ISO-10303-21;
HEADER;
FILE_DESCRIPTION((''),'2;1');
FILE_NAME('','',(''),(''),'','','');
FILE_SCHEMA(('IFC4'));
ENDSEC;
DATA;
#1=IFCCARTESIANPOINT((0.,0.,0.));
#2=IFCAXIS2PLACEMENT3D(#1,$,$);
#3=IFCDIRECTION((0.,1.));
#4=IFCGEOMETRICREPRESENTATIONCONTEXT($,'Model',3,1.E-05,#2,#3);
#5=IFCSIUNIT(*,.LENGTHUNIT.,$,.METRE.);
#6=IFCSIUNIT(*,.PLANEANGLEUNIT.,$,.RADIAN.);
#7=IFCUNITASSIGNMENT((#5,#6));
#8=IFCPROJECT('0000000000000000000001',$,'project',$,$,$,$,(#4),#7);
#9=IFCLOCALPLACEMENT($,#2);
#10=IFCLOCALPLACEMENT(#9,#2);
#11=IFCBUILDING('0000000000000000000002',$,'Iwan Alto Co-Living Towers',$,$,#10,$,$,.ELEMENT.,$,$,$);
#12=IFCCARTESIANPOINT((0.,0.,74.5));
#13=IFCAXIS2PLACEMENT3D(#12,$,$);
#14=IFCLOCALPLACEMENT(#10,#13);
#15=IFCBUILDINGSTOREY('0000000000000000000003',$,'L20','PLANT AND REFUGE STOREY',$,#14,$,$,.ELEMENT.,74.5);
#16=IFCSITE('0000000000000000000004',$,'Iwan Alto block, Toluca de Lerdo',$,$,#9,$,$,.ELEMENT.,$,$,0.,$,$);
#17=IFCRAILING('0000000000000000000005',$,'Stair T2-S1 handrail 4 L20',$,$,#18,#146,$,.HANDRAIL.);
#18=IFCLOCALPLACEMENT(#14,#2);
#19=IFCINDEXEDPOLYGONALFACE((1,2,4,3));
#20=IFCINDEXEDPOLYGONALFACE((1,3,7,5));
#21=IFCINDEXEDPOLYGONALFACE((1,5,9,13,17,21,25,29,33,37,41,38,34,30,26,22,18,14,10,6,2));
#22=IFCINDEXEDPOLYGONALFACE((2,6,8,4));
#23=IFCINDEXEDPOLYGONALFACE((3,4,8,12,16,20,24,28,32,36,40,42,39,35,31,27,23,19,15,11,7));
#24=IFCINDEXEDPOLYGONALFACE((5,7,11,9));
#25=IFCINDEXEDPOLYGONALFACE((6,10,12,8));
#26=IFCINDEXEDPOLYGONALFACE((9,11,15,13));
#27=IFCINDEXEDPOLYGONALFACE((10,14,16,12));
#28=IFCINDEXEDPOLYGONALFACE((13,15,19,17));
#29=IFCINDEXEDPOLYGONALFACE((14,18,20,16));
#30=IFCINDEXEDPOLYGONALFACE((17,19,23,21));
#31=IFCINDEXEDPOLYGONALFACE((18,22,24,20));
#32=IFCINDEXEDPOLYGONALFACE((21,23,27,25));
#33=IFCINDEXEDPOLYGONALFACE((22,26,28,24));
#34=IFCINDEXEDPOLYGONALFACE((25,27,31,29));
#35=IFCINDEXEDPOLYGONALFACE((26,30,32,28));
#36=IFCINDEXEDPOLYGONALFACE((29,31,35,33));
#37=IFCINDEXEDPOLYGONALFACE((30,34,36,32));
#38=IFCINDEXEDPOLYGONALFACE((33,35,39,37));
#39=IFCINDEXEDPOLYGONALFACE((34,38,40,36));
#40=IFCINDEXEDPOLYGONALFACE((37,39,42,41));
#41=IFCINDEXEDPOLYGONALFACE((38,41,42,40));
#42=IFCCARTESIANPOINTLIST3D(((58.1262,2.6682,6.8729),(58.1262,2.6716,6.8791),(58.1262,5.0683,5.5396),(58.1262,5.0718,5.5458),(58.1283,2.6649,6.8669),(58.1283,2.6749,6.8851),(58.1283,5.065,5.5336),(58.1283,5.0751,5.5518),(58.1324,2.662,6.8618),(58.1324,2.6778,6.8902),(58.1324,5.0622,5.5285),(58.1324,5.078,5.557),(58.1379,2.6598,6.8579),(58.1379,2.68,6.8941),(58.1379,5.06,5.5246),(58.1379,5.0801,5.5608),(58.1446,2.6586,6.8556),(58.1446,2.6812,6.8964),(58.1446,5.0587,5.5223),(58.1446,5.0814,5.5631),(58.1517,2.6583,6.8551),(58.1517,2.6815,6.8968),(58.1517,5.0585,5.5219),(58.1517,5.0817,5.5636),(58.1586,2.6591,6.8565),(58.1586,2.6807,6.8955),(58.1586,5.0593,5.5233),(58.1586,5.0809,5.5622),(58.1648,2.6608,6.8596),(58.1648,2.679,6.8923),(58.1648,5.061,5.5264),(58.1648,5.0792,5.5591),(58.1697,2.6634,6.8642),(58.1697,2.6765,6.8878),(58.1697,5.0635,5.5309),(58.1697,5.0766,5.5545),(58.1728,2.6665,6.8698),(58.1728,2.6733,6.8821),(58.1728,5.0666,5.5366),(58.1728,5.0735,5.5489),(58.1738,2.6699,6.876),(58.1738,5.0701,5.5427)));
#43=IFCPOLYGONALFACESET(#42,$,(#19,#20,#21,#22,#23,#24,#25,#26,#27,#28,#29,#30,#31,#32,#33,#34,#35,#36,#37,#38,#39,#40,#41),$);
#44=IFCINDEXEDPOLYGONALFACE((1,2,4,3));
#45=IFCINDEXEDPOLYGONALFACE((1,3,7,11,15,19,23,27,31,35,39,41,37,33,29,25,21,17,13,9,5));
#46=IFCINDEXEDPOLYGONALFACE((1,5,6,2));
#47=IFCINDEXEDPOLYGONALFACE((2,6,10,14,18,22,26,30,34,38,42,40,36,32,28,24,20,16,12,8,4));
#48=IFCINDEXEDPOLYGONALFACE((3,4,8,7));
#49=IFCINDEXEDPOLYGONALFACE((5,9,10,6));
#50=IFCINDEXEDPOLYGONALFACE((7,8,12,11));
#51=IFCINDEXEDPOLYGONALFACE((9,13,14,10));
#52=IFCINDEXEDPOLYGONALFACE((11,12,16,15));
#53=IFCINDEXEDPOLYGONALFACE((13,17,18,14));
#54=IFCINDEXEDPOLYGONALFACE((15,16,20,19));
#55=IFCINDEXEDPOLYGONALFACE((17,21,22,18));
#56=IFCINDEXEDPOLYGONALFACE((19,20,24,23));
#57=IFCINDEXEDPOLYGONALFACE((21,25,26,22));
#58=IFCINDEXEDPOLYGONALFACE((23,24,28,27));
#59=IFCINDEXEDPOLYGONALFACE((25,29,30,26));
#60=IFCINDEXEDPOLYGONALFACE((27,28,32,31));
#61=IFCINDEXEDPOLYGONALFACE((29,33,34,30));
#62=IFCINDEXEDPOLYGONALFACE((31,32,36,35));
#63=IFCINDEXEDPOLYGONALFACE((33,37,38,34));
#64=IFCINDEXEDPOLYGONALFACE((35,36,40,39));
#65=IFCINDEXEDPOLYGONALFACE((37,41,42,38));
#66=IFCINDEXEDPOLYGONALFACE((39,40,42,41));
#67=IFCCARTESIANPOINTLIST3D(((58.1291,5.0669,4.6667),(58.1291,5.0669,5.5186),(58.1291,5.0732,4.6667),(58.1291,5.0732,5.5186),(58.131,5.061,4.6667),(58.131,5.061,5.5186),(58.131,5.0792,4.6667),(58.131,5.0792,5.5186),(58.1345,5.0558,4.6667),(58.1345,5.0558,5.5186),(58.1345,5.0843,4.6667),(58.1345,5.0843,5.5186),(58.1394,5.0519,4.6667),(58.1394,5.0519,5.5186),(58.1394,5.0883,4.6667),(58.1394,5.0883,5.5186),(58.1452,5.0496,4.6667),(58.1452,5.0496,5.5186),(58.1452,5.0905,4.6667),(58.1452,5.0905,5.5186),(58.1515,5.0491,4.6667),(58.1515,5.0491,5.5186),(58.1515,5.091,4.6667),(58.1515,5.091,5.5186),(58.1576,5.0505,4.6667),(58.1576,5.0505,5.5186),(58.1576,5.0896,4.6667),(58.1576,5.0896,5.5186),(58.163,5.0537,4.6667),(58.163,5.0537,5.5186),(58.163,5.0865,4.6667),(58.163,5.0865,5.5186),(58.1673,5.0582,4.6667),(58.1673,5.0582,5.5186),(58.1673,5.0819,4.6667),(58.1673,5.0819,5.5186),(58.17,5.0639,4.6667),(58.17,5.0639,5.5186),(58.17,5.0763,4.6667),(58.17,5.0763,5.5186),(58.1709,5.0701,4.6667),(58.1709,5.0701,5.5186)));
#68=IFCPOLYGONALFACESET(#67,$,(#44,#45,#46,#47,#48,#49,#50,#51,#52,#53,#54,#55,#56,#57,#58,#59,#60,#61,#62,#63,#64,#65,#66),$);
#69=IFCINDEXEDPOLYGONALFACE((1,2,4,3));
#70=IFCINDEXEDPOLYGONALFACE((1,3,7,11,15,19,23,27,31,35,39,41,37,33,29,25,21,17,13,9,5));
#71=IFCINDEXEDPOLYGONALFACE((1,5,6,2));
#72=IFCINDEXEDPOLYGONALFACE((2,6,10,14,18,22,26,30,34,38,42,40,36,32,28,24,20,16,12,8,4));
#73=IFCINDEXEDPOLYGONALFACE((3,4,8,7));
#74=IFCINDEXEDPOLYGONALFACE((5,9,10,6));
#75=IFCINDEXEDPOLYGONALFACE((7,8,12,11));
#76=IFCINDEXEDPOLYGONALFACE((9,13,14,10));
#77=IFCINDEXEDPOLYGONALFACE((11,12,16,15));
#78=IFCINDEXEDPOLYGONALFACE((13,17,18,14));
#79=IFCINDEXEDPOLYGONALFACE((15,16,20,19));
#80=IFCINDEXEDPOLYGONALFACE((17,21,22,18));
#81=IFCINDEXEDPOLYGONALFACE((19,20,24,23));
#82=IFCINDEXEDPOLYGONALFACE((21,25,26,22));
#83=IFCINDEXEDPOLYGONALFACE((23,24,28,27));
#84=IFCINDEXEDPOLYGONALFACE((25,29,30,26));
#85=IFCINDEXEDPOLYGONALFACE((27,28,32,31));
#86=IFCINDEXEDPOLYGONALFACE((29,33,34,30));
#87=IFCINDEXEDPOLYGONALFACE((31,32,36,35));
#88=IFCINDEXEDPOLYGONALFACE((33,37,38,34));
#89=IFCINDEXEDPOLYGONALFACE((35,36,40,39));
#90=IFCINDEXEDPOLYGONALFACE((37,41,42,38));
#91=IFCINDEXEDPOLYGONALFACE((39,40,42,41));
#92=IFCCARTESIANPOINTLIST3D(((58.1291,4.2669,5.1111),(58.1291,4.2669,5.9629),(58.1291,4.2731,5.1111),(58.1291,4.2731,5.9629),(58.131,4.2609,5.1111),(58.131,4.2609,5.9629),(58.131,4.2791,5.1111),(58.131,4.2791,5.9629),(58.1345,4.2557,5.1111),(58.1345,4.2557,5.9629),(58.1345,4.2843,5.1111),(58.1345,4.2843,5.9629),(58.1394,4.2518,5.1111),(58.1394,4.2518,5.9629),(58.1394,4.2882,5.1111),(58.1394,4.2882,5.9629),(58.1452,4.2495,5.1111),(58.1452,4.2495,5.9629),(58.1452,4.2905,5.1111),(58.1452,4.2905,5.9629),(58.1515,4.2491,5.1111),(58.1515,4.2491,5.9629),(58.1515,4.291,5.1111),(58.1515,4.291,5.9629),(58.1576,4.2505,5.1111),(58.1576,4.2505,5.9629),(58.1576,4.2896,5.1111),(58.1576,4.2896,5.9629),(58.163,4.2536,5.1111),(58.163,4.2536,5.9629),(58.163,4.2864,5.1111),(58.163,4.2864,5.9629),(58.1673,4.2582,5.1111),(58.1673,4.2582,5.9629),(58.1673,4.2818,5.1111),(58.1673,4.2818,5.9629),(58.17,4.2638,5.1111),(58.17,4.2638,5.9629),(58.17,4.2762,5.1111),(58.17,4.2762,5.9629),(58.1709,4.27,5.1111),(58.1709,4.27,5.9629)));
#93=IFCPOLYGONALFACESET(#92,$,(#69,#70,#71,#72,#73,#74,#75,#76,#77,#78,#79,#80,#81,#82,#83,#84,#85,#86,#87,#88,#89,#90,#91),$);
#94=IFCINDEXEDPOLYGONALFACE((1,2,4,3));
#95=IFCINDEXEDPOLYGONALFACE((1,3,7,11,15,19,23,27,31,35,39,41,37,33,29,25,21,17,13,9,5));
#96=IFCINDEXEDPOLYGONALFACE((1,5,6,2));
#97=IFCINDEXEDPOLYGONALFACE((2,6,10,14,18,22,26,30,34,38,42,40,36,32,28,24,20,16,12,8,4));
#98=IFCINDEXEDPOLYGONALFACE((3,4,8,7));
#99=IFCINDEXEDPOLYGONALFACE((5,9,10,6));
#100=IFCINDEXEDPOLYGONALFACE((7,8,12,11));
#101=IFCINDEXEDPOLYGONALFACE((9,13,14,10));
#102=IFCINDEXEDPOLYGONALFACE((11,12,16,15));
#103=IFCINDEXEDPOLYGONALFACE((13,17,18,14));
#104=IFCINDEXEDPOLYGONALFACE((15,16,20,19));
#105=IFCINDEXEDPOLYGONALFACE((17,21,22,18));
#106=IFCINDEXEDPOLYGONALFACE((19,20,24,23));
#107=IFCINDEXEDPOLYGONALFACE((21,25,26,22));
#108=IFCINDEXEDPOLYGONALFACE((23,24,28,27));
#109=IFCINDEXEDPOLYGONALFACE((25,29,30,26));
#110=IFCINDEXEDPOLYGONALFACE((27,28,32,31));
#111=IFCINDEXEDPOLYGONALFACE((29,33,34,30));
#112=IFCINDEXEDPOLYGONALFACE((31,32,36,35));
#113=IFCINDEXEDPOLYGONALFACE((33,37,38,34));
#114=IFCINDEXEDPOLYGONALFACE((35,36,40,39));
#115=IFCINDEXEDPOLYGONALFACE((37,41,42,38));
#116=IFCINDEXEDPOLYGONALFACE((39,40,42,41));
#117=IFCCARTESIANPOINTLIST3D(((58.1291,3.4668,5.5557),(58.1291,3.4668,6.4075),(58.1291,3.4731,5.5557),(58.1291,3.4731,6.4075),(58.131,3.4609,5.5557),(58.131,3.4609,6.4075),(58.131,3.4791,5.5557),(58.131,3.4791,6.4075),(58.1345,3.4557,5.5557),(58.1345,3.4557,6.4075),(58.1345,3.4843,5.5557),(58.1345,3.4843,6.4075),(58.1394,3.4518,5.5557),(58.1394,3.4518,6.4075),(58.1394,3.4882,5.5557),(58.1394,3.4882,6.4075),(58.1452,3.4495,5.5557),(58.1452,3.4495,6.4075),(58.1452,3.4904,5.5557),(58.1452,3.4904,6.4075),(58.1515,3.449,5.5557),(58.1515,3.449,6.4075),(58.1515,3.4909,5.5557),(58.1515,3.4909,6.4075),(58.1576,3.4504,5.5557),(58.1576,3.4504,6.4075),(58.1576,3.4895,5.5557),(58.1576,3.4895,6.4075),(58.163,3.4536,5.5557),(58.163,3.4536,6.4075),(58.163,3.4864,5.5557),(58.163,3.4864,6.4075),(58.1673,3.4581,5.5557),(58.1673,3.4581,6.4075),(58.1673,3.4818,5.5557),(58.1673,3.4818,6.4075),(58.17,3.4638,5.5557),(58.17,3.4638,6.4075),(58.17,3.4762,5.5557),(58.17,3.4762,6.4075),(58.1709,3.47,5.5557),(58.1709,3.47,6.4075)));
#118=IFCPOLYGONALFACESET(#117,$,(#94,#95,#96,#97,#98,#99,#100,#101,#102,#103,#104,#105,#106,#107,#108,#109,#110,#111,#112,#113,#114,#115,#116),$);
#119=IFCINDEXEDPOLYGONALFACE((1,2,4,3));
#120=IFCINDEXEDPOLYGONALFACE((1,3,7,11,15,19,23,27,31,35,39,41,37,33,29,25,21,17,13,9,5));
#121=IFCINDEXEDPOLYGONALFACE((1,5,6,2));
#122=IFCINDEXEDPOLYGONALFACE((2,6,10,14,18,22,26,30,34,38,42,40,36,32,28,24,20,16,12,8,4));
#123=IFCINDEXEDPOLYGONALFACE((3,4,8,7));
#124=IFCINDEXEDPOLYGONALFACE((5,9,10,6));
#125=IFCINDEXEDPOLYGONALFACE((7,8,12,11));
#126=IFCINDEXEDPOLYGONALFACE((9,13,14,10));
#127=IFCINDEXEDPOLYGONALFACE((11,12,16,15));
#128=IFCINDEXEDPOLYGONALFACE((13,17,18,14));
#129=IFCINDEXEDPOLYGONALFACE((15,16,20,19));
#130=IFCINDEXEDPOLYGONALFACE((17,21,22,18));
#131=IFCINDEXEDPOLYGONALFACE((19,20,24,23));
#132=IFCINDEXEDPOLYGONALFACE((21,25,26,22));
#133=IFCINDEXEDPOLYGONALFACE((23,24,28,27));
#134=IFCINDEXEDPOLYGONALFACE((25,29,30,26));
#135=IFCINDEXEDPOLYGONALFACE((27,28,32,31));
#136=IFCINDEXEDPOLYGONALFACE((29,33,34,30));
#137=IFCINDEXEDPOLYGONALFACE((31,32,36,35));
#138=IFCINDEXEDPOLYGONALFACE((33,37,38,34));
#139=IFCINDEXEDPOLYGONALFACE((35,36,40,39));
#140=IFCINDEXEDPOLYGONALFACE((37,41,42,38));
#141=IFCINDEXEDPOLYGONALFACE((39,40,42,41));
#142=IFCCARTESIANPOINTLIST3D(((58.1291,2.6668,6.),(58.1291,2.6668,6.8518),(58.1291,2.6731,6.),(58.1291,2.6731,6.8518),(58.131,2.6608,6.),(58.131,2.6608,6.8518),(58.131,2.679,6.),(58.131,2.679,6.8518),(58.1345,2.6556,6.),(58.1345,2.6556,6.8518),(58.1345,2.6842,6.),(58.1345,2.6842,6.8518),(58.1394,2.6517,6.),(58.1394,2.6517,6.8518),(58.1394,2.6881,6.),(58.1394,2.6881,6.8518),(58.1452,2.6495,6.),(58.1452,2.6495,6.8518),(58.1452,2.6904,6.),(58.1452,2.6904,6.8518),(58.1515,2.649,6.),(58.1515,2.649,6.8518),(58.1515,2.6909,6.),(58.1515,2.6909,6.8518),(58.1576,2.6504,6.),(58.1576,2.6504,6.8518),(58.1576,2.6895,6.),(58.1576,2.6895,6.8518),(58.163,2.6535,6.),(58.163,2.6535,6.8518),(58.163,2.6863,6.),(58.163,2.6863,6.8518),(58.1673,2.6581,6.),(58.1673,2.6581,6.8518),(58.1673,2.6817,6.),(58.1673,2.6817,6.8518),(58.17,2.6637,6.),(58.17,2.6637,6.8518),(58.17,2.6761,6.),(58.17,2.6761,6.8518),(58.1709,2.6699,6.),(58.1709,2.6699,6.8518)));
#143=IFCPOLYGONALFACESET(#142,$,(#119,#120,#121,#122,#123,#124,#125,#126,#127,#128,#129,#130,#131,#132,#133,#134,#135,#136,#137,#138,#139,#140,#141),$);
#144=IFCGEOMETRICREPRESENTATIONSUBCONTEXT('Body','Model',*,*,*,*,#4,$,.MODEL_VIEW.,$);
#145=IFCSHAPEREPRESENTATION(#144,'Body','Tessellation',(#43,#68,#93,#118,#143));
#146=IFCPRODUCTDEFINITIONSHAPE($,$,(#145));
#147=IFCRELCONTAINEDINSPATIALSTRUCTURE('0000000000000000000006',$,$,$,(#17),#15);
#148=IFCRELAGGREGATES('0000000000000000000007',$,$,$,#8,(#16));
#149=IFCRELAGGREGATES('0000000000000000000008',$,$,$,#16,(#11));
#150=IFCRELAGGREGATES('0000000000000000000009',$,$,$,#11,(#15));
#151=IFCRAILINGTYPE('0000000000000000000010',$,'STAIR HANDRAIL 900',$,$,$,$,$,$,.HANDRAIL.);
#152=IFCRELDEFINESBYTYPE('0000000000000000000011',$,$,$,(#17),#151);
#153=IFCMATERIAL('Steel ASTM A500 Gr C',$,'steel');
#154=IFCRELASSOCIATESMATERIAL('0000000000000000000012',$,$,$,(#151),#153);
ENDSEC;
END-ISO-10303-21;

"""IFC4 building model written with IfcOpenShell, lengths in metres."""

from ifc_helpers import new_model, si_unit, direction, frame, origin, origin_2d, place, context, subcontext, project, spatial, circle, extrude, material, type_object, element, save


model = new_model("IFC4")

# Units and contexts
model_context = context("Model", 3, precision=1e-05, world=origin(), true_north=direction((0.0, 1.0)))
body_context = subcontext(model_context, "Body", "Model", "MODEL_VIEW")
ifc_project = project(units=[si_unit("LENGTHUNIT", "METRE"), si_unit("PLANEANGLEUNIT", "RADIAN")], contexts=[model_context])

# Site, building, storey
site_placement = place(None, origin())
site = spatial("IfcSite", under=ifc_project, at=site_placement, Name="Iwan Alto block, Toluca de Lerdo", CompositionType="ELEMENT", RefElevation=0.0)
building_placement = place(site_placement, origin())
building = spatial("IfcBuilding", under=site, at=building_placement, Name="Iwan Alto Co-Living Towers", CompositionType="ELEMENT")
storey_placement = place(building_placement, frame((0.0, 0.0, 74.5)))
storey = spatial("IfcBuildingStorey", under=building, at=storey_placement, Name="L20", Description="PLANT AND REFUGE STOREY", CompositionType="ELEMENT", Elevation=74.5)

# Railing
ifc_material_1 = material(Name="Steel ASTM A500 Gr C", Category="steel")
railing_type_1 = type_object("IfcRailingType", Name="STAIR HANDRAIL 900", PredefinedType="HANDRAIL", material=ifc_material_1)
railing_1_placement = place(storey_placement, frame((58.1499, 5.0701, 4.6667)))
element("IfcRailing", 1, at=railing_1_placement, inside=storey, type_object=railing_type_1, Name="Stair T2-S1 handrail 4 L20", PredefinedType="HANDRAIL", context=body_context, shape_type="SweptSolid", body=[
    extrude(circle(Radius=0.0239, at=origin_2d()), frame((0.0, 0.0, 0.876), z_axis=(0.0, -0.874182, 0.485598), x_axis=(1.0, 0.0, 0.0)), (0.0, 0.0, 1.0), 2.7456),
    extrude(circle(Radius=0.021, at=origin_2d()), origin(), (0.0, 0.0, 1.0), 0.8518),
    extrude(circle(Radius=0.021, at=origin_2d()), frame((0.0, -0.8, 0.4443)), (0.0, 0.0, 1.0), 0.8518),
    extrude(circle(Radius=0.021, at=origin_2d()), frame((0.0, -1.6001, 0.8889)), (0.0, 0.0, 1.0), 0.8518),
    extrude(circle(Radius=0.021, at=origin_2d()), frame((0.0, -2.4001, 1.3333)), (0.0, 0.0, 1.0), 0.8518),
])

save(model, "model.ifc")
